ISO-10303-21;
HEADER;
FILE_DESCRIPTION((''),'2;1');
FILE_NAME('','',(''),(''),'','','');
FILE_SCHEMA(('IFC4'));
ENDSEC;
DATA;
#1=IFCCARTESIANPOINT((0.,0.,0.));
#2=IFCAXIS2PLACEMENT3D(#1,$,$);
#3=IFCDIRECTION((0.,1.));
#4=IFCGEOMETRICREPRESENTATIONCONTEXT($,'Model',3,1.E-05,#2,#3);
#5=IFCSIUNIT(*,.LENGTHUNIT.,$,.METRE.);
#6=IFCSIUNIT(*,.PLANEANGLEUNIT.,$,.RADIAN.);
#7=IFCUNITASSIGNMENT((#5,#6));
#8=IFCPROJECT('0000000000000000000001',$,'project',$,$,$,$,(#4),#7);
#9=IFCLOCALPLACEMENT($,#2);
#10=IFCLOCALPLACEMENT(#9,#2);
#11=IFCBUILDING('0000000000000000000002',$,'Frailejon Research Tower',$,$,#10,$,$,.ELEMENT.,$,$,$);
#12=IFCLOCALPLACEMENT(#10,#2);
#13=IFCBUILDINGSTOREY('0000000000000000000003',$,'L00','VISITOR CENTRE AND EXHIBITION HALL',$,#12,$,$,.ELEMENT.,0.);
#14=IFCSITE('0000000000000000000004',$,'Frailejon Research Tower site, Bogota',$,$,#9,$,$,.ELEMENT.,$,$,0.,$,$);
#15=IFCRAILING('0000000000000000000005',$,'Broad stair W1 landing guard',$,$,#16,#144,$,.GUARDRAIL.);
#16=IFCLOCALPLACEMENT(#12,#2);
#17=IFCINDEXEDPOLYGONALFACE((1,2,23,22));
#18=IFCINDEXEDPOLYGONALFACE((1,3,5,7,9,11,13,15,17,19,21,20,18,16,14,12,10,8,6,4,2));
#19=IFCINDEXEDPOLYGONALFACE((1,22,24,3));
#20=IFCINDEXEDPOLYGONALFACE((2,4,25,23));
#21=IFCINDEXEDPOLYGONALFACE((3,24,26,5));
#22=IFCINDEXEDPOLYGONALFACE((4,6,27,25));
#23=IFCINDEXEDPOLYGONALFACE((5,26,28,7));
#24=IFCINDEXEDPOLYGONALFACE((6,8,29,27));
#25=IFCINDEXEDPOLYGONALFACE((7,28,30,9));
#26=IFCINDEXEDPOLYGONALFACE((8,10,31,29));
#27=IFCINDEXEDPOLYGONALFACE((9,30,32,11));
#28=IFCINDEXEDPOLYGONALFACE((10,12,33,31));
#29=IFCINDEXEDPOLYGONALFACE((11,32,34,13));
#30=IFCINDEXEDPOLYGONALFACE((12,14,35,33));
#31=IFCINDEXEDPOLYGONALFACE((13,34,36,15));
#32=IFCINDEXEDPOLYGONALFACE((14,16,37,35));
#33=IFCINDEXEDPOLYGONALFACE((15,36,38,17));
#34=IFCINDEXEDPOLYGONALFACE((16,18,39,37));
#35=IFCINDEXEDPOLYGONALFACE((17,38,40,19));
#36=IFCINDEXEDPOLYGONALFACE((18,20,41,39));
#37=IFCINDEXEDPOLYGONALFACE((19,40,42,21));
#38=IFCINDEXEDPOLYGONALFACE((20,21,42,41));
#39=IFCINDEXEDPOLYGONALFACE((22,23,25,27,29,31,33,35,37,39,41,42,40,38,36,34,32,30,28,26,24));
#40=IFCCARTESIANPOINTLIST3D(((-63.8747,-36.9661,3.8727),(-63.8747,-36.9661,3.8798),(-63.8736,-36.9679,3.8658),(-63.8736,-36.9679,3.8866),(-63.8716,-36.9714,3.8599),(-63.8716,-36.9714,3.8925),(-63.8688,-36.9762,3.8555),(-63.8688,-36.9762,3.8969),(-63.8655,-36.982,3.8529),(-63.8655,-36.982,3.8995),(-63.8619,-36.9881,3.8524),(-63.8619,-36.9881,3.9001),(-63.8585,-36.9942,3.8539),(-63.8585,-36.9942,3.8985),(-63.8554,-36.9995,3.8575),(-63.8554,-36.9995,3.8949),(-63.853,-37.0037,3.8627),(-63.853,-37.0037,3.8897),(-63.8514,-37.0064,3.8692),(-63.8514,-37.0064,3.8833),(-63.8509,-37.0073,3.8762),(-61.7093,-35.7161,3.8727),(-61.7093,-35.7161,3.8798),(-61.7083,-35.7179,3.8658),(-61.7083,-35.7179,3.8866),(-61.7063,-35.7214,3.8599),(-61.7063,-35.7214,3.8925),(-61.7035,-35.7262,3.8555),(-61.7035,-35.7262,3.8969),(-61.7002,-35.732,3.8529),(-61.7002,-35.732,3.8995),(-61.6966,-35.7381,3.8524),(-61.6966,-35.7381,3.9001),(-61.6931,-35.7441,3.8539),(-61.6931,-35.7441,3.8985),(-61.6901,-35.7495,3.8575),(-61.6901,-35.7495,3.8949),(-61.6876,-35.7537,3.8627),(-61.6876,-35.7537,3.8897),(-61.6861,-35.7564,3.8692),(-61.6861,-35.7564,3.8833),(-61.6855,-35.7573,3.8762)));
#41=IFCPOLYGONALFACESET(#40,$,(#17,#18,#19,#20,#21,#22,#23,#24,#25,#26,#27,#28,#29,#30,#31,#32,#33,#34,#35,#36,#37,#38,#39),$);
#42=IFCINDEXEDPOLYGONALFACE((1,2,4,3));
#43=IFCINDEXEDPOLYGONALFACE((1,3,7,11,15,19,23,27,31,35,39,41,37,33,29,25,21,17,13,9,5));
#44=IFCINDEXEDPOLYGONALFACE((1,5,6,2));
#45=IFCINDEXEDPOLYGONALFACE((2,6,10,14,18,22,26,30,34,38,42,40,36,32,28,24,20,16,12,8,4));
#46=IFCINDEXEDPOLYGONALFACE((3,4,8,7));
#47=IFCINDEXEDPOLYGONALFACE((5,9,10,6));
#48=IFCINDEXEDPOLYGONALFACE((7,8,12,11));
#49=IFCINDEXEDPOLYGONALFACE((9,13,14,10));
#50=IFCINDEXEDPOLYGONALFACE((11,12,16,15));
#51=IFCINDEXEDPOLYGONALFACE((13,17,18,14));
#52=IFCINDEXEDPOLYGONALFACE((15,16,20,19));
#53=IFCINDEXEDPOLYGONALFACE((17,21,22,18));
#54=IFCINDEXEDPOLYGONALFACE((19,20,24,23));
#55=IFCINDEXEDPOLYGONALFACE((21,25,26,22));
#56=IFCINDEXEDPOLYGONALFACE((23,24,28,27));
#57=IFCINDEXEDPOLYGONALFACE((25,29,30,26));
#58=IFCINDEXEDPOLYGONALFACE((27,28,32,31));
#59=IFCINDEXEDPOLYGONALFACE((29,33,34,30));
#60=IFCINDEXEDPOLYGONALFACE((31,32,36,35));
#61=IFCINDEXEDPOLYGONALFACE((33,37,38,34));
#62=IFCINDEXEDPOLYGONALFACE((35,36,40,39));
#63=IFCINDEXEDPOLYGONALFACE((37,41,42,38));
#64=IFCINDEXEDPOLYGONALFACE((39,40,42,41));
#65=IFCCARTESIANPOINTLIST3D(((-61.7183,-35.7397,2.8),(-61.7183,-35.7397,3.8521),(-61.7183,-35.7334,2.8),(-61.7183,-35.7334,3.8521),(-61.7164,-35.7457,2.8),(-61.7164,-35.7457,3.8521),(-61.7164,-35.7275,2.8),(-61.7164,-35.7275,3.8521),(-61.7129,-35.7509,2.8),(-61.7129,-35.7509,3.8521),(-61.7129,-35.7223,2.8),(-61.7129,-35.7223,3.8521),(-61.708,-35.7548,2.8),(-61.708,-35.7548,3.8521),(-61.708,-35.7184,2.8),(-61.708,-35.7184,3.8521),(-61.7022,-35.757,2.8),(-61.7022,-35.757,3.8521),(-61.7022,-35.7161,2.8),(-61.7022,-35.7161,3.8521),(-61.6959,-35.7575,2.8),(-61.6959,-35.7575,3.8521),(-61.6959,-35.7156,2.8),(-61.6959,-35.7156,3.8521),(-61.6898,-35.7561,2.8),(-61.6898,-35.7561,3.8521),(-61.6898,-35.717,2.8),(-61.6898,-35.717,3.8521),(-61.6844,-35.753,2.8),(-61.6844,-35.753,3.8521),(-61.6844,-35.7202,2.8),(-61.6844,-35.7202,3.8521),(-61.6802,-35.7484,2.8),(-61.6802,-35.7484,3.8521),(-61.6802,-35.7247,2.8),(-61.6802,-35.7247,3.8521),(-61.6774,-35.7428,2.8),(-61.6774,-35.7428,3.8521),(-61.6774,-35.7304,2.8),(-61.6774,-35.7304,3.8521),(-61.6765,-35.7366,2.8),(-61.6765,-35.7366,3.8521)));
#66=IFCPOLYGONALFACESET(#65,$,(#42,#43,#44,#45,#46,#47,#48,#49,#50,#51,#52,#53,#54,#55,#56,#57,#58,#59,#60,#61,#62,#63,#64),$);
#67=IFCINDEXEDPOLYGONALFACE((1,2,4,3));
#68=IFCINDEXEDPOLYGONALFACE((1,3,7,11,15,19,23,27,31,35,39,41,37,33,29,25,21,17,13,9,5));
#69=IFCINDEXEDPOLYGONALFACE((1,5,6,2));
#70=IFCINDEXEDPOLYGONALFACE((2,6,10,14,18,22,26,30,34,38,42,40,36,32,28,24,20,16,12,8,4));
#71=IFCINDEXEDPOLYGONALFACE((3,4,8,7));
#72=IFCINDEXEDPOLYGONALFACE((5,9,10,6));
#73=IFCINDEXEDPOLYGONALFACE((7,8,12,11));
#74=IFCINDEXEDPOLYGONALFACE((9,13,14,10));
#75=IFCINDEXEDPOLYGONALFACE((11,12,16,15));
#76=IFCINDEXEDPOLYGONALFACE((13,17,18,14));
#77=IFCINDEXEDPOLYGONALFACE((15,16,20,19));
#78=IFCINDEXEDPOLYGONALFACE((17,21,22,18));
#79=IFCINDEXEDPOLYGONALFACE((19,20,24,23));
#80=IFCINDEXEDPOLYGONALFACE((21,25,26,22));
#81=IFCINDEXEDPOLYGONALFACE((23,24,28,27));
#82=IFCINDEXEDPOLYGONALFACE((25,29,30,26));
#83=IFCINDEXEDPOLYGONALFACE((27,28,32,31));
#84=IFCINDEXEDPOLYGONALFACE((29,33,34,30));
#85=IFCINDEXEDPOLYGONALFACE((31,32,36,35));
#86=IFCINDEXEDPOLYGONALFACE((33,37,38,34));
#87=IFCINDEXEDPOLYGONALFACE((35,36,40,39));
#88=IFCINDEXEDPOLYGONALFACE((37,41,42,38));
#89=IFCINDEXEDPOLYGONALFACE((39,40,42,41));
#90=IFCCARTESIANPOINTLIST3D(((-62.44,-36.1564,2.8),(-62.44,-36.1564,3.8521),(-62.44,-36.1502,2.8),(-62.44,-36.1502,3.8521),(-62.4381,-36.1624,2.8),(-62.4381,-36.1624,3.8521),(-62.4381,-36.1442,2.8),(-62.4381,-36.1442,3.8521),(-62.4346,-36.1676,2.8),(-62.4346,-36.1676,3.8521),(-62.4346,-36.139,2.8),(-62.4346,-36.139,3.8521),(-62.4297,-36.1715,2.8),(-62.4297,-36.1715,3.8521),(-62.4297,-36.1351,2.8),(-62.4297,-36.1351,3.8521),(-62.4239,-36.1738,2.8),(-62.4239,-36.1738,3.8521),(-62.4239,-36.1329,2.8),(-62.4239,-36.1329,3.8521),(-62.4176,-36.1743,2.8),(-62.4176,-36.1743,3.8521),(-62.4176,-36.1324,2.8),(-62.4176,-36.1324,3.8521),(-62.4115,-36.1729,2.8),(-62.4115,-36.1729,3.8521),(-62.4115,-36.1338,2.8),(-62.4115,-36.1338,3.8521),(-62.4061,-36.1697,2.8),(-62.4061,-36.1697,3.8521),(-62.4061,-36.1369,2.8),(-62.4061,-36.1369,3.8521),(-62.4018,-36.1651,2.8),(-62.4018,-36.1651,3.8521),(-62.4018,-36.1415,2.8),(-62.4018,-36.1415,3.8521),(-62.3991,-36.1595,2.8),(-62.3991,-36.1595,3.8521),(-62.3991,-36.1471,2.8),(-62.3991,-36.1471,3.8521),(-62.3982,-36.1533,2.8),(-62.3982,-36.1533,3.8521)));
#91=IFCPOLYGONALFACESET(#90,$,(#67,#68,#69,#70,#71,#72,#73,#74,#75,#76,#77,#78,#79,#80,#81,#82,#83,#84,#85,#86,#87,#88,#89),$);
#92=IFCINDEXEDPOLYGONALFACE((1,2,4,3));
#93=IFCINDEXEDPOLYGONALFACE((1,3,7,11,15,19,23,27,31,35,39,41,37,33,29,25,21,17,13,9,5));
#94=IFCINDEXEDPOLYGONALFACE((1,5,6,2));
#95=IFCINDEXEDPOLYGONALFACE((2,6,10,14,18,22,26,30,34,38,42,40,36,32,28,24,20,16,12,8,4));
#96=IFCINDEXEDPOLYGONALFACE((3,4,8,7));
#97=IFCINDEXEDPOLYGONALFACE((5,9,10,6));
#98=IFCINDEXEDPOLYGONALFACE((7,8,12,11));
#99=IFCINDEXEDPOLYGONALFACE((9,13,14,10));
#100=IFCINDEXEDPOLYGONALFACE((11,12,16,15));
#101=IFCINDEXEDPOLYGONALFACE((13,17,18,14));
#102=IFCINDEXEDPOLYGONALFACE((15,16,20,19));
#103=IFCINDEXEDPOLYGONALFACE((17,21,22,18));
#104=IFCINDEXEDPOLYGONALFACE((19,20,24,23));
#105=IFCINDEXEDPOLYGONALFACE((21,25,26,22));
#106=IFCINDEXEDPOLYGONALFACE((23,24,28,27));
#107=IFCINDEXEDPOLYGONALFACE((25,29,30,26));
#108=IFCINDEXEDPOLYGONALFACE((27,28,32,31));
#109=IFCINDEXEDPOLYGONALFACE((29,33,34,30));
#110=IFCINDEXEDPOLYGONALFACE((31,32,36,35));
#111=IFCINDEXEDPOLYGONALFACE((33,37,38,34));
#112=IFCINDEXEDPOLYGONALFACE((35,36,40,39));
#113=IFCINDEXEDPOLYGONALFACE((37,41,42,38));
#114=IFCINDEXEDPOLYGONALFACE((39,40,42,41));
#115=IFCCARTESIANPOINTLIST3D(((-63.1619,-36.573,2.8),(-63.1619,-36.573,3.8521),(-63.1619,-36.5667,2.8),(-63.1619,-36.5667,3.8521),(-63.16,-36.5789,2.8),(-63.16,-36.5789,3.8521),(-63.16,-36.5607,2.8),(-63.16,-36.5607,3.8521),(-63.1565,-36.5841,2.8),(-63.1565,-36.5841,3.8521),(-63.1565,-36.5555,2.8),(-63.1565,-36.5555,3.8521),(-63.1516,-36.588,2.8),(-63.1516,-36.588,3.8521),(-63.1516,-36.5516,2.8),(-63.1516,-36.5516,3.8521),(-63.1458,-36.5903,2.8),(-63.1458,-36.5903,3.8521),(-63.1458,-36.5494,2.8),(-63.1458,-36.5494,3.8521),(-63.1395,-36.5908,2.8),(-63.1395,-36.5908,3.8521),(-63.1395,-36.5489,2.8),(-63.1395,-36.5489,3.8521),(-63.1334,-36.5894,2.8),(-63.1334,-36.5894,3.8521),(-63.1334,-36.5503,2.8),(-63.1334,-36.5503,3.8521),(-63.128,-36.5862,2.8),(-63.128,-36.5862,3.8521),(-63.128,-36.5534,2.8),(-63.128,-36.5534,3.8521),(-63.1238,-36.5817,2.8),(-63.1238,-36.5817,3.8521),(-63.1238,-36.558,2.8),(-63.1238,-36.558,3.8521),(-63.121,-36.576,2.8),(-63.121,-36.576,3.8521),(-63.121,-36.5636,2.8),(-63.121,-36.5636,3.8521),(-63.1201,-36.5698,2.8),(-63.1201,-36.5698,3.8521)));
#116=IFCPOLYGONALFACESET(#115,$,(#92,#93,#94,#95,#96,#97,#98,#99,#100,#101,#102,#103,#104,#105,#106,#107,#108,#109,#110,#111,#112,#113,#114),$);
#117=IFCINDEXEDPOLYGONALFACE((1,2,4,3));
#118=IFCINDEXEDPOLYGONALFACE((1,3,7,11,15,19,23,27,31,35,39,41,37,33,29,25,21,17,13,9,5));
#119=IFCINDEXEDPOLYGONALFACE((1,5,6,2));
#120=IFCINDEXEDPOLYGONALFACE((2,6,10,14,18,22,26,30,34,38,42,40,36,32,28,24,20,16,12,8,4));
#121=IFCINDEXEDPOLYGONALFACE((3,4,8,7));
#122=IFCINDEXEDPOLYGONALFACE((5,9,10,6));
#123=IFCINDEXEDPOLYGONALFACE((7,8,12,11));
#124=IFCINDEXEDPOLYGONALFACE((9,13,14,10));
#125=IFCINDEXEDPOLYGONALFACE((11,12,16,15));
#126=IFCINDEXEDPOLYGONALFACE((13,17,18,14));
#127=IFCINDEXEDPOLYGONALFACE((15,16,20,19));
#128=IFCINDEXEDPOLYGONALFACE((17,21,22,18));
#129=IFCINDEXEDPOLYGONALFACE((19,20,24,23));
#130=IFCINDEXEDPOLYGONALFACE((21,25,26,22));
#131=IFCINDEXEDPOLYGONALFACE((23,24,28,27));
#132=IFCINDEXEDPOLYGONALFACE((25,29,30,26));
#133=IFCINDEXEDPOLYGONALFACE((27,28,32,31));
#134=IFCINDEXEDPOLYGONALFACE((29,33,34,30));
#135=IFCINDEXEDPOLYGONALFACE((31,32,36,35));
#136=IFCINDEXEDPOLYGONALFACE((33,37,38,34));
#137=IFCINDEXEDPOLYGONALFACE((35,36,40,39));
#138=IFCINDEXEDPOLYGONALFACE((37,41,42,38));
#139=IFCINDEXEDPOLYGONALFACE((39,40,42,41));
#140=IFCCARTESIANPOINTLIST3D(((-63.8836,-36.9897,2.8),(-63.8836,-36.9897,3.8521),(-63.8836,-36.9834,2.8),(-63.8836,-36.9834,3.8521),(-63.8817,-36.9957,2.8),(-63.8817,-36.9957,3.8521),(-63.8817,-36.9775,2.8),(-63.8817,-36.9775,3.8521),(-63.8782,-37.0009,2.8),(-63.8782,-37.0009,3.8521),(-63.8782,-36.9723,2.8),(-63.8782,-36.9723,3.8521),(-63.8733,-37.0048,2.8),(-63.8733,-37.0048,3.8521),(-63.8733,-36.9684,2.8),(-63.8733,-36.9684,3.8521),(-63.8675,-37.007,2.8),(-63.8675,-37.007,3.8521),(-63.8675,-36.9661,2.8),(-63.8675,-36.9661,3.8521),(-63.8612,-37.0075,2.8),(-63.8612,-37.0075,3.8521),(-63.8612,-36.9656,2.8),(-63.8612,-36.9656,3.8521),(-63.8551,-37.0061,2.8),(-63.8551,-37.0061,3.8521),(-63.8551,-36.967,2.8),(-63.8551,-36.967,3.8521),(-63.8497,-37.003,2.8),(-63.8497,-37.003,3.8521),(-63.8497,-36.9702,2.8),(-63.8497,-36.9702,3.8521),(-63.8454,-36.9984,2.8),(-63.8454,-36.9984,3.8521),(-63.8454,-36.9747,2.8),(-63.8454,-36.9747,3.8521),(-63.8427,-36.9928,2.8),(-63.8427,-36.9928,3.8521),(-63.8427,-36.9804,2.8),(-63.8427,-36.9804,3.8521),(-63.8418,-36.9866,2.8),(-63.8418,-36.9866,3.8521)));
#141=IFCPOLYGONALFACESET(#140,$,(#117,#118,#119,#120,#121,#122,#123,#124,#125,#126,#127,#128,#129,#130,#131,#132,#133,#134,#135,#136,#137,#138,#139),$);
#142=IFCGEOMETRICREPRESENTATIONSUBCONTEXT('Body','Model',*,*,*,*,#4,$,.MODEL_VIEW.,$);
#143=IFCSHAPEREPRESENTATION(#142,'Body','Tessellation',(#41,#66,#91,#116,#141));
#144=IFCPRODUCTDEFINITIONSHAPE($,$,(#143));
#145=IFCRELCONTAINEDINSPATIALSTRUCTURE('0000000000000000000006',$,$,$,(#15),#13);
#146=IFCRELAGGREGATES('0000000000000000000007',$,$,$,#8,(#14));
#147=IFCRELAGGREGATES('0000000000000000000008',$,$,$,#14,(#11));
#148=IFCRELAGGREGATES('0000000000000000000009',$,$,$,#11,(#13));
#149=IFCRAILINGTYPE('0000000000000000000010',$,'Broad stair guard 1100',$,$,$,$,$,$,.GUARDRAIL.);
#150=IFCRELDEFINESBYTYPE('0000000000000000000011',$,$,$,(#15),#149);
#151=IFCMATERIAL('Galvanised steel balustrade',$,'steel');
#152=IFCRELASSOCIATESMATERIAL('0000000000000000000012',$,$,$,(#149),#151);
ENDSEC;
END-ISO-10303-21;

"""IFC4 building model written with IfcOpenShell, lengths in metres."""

from ifc_helpers import new_model, si_unit, direction, frame, origin, origin_2d, place, context, subcontext, project, spatial, circle, extrude, material, type_object, element, save


model = new_model("IFC4")

# Units and contexts
model_context = context("Model", 3, precision=1e-05, world=origin(), true_north=direction((0.0, 1.0)))
body_context = subcontext(model_context, "Body", "Model", "MODEL_VIEW")
ifc_project = project(units=[si_unit("LENGTHUNIT", "METRE"), si_unit("PLANEANGLEUNIT", "RADIAN")], contexts=[model_context])

# Site, building, storey
site_placement = place(None, origin())
site = spatial("IfcSite", under=ifc_project, at=site_placement, Name="Frailejon Research Tower site, Bogota", CompositionType="ELEMENT", RefElevation=0.0)
building_placement = place(site_placement, origin())
building = spatial("IfcBuilding", under=site, at=building_placement, Name="Frailejon Research Tower", CompositionType="ELEMENT")
storey_placement = place(building_placement, origin())
storey = spatial("IfcBuildingStorey", under=building, at=storey_placement, Name="L00", Description="VISITOR CENTRE AND EXHIBITION HALL", CompositionType="ELEMENT", Elevation=0.0)

# Railing
ifc_material_1 = material(Name="Galvanised steel balustrade", Category="steel")
railing_type_1 = type_object("IfcRailingType", Name="Broad stair guard 1100", PredefinedType="GUARDRAIL", material=ifc_material_1)
railing_1_placement = place(storey_placement, frame((-61.6975, -35.7366, 2.8)))
element("IfcRailing", 1, at=railing_1_placement, inside=storey, type_object=railing_type_1, Name="Broad stair W1 landing guard", PredefinedType="GUARDRAIL", context=body_context, shape_type="SweptSolid", body=[
    extrude(circle(Radius=0.0239, at=origin_2d()), frame((0.0, 0.0, 1.0762), z_axis=(-0.866047, -0.499962, 0.0), x_axis=(0.499962, -0.866047, 0.0)), (0.0, 0.0, 1.0), 2.5002),
    extrude(circle(Radius=0.021, at=origin_2d()), origin(), (0.0, 0.0, 1.0), 1.052),
    extrude(circle(Radius=0.021, at=origin_2d()), frame((-0.7217, -0.4167, 0.0)), (0.0, 0.0, 1.0), 1.052),
    extrude(circle(Radius=0.021, at=origin_2d()), frame((-1.4436, -0.8333, 0.0)), (0.0, 0.0, 1.0), 1.052),
    extrude(circle(Radius=0.021, at=origin_2d()), frame((-2.1653, -1.25, 0.0)), (0.0, 0.0, 1.0), 1.052),
])

save(model, "model.ifc")
